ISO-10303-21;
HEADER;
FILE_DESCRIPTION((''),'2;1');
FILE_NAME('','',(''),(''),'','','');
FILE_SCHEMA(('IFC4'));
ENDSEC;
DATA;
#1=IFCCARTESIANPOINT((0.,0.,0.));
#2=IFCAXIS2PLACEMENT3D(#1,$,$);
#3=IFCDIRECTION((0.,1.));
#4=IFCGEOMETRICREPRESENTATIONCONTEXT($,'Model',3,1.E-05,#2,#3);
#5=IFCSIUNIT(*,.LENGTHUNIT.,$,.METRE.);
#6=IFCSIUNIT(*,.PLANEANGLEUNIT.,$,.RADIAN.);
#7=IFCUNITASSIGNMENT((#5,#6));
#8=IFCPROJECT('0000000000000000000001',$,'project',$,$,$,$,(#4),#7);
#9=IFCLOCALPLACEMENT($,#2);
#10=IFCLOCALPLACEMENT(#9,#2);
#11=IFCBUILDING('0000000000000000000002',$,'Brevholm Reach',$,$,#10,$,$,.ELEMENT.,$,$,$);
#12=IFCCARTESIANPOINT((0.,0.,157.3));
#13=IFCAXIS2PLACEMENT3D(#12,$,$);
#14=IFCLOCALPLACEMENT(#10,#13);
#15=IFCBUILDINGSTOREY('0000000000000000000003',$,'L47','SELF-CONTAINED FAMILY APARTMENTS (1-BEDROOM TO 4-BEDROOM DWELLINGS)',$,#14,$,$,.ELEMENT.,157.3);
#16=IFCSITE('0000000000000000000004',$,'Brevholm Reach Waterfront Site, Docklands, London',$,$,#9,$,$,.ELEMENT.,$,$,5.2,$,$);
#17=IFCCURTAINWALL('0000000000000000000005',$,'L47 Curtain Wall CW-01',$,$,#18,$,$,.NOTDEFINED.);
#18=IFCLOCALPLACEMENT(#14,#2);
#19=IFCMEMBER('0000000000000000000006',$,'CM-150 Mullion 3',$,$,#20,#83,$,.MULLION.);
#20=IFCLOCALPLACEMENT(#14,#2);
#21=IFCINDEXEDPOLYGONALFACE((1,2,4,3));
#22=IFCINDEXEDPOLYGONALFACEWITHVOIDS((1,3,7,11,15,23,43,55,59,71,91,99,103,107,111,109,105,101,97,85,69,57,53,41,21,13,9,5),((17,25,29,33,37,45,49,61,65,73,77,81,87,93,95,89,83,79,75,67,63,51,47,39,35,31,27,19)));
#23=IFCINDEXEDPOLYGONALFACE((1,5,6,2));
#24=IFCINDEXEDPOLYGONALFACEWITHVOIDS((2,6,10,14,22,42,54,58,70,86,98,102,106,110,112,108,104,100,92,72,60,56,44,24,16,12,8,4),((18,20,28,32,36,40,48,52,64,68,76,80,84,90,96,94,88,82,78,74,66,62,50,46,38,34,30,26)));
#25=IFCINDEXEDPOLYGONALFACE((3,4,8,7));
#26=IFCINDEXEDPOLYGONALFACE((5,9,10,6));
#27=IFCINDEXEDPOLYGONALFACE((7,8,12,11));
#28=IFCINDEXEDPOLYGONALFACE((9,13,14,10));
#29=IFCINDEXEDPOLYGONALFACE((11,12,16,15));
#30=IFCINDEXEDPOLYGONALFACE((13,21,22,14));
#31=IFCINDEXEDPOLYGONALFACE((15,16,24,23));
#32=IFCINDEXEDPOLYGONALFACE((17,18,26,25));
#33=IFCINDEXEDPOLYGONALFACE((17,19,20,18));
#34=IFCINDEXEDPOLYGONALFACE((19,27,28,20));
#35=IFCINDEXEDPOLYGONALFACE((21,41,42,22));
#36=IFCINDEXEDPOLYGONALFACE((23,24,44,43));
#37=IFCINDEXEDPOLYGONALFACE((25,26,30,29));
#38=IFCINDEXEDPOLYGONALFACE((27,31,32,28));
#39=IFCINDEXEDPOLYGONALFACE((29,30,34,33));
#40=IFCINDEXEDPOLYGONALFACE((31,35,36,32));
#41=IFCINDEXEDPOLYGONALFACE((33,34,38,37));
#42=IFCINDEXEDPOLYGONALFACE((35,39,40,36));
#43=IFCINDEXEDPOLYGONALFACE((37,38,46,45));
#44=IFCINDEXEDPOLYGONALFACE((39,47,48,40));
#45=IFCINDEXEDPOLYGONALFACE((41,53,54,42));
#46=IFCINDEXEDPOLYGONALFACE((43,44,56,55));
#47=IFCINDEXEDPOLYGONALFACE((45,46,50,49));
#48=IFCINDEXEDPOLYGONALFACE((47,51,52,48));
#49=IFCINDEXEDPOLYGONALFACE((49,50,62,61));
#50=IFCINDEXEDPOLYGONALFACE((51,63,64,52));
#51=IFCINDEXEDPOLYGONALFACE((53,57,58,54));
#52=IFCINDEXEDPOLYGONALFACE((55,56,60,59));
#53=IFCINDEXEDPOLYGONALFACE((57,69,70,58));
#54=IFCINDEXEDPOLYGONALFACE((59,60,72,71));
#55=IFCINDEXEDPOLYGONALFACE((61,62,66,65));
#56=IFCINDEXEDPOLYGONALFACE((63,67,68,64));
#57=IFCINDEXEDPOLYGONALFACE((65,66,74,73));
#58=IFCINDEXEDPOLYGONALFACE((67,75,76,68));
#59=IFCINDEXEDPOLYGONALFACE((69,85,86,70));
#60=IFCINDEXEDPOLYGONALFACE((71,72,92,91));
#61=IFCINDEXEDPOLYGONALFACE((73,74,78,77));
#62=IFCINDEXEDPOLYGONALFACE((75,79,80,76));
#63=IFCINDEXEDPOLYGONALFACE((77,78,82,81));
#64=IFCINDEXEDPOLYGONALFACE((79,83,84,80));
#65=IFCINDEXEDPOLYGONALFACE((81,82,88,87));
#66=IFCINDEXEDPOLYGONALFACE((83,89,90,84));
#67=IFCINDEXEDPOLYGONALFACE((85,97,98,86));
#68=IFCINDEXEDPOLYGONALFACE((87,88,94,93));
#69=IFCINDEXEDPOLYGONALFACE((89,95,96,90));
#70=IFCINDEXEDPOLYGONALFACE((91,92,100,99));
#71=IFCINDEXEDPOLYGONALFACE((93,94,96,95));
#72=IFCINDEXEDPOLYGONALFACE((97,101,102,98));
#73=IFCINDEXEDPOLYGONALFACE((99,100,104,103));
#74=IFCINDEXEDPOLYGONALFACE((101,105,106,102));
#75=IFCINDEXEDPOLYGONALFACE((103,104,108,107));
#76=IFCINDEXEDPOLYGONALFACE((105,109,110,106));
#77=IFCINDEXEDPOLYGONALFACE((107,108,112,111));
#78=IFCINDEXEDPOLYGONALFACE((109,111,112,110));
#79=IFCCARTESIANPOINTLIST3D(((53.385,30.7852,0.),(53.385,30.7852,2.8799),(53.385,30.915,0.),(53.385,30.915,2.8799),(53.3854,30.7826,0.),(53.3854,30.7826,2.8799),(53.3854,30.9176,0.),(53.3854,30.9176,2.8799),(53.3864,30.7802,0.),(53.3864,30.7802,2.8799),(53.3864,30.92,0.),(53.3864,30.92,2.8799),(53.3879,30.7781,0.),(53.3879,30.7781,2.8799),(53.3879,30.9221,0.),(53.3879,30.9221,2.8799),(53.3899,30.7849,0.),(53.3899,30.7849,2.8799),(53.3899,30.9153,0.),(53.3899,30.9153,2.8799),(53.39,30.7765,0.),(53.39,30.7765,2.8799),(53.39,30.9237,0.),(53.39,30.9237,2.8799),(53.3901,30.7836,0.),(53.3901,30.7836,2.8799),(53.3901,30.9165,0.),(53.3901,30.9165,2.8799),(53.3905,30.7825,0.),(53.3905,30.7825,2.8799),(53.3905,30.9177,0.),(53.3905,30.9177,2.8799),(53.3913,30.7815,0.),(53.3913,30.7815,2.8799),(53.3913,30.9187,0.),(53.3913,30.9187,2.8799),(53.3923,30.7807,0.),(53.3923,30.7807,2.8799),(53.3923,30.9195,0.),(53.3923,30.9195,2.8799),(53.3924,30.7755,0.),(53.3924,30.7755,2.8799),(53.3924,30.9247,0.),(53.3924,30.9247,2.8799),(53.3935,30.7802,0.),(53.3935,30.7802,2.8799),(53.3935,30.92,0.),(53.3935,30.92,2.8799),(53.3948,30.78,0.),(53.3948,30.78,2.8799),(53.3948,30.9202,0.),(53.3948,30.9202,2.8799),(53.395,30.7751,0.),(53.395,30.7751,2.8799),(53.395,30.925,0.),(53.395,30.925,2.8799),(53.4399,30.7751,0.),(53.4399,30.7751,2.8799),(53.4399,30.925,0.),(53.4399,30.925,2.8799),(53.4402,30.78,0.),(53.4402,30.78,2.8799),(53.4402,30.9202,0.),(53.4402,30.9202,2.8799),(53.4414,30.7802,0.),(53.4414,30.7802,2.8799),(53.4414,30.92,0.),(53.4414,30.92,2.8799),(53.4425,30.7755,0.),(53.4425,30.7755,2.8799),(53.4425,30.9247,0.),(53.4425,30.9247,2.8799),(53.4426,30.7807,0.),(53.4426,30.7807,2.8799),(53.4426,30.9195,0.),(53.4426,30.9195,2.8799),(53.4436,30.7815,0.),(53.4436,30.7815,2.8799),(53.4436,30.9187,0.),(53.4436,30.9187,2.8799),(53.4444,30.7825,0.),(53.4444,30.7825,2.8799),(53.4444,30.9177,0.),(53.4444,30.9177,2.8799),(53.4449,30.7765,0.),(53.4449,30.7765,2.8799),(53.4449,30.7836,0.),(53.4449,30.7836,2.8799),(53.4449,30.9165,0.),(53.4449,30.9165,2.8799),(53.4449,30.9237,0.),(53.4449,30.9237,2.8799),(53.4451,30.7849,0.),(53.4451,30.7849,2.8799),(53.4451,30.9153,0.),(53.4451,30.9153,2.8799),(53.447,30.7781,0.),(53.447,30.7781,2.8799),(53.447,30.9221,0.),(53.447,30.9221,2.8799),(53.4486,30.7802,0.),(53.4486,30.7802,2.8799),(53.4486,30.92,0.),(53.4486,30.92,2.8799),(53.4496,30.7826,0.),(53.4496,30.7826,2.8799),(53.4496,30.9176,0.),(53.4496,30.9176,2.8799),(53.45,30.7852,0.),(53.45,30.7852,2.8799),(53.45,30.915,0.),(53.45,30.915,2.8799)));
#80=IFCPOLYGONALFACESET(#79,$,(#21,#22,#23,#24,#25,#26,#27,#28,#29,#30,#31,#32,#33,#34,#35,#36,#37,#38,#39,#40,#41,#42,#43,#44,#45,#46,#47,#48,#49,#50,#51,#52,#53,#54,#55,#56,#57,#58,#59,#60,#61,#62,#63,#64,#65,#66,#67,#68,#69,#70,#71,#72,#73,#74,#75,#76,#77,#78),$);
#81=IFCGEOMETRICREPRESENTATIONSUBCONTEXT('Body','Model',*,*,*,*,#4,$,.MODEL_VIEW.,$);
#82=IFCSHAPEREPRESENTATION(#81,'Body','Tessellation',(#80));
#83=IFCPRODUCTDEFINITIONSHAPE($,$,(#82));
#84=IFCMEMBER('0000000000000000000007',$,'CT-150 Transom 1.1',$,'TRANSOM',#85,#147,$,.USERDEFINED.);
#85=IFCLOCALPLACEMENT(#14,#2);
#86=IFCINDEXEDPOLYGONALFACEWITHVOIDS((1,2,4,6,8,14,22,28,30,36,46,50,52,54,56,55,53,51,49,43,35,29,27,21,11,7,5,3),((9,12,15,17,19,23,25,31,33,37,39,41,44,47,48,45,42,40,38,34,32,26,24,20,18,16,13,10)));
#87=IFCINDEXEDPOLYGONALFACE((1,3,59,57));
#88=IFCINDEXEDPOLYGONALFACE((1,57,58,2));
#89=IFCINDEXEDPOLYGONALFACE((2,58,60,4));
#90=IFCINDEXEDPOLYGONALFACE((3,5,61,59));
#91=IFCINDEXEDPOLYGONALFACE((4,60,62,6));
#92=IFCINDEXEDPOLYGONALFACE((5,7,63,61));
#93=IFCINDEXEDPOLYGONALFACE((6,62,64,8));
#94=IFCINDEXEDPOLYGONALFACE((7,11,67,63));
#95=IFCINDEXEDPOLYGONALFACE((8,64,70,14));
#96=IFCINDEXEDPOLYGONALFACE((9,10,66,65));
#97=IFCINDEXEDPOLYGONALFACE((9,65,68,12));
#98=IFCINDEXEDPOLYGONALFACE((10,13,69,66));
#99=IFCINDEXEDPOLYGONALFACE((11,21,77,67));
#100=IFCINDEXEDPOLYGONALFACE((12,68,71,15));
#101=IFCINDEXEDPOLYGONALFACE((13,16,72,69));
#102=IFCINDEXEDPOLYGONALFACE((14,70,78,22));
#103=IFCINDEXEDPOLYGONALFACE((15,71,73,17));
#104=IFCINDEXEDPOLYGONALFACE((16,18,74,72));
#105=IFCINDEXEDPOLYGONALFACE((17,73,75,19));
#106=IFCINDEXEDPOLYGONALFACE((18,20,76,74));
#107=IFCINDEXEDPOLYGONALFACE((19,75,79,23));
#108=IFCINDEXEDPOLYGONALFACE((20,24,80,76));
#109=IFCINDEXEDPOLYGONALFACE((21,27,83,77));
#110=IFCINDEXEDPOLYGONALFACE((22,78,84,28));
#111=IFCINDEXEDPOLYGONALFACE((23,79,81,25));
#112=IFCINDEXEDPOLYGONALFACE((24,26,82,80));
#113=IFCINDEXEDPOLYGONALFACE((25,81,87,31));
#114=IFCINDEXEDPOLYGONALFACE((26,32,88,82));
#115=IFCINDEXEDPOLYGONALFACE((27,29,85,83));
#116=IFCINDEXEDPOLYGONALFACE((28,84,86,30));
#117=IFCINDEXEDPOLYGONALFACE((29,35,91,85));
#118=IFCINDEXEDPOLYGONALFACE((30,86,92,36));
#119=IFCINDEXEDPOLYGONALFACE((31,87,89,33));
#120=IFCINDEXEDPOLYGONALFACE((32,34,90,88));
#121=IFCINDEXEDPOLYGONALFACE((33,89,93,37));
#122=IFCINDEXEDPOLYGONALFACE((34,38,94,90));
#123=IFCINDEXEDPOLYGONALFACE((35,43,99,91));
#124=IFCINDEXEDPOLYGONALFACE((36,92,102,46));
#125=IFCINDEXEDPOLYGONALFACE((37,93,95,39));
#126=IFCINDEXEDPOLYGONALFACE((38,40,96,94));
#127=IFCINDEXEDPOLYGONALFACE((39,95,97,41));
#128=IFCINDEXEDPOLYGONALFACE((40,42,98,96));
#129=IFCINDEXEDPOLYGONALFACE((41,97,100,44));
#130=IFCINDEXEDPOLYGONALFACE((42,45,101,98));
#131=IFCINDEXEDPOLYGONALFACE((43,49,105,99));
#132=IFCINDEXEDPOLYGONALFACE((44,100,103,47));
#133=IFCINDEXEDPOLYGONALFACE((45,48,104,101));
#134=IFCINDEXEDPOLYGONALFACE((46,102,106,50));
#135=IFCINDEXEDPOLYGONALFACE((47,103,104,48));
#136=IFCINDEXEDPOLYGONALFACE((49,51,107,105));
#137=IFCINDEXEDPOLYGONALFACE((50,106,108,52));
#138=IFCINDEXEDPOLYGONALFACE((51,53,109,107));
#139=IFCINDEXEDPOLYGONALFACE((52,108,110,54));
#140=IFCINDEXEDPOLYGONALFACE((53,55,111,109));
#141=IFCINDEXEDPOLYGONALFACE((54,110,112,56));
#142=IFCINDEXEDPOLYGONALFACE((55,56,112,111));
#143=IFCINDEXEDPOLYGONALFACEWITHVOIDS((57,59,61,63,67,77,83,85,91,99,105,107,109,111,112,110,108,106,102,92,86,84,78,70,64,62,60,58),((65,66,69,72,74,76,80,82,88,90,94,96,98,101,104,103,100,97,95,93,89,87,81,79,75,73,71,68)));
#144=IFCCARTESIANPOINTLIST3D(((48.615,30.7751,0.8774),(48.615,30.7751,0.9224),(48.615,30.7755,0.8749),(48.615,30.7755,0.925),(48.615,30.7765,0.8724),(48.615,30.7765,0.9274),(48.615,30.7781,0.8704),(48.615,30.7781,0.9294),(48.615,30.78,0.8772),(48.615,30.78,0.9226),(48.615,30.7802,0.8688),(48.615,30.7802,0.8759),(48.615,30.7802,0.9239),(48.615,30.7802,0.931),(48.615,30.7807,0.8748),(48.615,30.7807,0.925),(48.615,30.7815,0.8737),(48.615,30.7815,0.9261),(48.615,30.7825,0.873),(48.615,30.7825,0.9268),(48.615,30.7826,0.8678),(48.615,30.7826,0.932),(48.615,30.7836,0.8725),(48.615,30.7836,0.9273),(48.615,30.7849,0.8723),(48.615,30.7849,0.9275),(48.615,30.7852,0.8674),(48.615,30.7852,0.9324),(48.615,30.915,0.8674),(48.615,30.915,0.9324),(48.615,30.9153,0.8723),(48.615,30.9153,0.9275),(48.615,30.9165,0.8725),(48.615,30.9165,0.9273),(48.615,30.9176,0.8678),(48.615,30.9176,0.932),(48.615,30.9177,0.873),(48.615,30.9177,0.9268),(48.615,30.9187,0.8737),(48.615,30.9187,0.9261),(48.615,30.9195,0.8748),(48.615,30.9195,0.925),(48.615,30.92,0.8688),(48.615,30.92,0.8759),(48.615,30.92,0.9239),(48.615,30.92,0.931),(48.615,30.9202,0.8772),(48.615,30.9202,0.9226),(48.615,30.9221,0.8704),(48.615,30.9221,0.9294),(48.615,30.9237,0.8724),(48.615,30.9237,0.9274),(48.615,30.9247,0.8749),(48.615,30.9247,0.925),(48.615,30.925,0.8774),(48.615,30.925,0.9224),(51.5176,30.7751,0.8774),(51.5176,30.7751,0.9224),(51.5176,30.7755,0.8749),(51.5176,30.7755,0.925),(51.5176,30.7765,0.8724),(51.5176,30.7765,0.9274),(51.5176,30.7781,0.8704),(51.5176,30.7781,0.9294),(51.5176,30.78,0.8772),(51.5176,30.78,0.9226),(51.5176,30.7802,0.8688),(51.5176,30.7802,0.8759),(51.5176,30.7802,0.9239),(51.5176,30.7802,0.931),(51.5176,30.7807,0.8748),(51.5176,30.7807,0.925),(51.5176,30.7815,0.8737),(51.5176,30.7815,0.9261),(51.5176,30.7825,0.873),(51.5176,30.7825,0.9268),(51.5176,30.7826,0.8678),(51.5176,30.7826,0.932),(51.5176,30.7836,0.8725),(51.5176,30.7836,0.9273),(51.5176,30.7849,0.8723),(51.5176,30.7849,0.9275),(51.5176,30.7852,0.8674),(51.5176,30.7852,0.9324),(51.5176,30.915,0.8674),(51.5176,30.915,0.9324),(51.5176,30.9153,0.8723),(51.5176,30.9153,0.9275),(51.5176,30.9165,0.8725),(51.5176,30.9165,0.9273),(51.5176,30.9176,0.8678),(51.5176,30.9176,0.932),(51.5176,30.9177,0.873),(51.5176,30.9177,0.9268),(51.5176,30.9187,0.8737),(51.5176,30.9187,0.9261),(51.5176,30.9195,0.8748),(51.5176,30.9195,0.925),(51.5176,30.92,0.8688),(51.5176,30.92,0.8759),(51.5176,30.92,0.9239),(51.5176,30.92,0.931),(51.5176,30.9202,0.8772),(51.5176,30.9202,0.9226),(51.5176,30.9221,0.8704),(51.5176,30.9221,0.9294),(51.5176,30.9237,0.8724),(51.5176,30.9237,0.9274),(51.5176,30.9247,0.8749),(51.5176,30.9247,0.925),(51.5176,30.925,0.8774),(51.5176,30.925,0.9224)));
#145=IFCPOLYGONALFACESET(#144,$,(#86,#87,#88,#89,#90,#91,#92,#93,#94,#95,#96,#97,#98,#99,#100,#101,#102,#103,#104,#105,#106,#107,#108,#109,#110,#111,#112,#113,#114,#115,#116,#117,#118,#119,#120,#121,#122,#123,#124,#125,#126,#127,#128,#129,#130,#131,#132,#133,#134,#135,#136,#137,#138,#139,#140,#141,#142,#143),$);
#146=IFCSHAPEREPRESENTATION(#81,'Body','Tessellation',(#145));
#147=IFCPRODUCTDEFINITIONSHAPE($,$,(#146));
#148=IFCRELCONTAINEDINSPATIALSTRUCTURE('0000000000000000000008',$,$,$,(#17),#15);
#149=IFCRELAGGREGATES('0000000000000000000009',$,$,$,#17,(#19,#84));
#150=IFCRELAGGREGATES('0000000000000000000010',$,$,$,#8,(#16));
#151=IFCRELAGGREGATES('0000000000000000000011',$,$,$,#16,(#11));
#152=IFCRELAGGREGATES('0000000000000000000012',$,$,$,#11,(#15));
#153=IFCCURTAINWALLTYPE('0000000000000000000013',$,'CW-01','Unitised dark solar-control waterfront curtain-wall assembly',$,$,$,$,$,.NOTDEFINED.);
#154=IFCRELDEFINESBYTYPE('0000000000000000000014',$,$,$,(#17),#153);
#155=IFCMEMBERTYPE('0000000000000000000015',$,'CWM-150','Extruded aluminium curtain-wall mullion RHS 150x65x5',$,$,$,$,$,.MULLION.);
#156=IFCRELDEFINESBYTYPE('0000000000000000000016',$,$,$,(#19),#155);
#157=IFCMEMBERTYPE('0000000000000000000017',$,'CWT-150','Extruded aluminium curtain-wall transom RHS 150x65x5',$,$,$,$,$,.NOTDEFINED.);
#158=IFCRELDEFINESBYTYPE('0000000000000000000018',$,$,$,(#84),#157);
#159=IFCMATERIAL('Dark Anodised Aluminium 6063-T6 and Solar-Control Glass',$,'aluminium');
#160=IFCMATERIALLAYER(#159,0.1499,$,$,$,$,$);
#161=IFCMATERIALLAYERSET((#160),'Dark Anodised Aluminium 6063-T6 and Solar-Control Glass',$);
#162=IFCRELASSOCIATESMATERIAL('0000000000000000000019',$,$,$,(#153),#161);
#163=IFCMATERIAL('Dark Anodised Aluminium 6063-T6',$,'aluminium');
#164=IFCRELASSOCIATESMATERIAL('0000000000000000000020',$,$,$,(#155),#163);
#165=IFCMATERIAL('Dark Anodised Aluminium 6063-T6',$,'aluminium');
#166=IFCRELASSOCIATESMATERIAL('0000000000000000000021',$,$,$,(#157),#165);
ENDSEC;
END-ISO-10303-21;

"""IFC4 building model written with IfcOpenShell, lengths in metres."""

from ifc_helpers import new_model, si_unit, direction, frame, origin, origin_2d, place, context, subcontext, project, spatial, hollow_rectangle, extrude, material, layer, layer_set, material_profile, profile_set, type_object, element, aggregate, save


model = new_model("IFC4")

# Units and contexts
model_context = context("Model", 3, precision=1e-05, world=origin(), true_north=direction((0.0, 1.0)))
body_context = subcontext(model_context, "Body", "Model", "MODEL_VIEW")
ifc_project = project(units=[si_unit("LENGTHUNIT", "METRE"), si_unit("PLANEANGLEUNIT", "RADIAN")], contexts=[model_context])

# Site, building, storey
site_placement = place(None, origin())
site = spatial("IfcSite", under=ifc_project, at=site_placement, Name="Brevholm Reach Waterfront Site, Docklands, London", CompositionType="ELEMENT", RefElevation=5.2)
building_placement = place(site_placement, origin())
building = spatial("IfcBuilding", under=site, at=building_placement, Name="Brevholm Reach", CompositionType="ELEMENT")
storey_placement = place(building_placement, frame((0.0, 0.0, 157.3)))
storey = spatial("IfcBuildingStorey", under=building, at=storey_placement, Name="L47", Description="SELF-CONTAINED FAMILY APARTMENTS (1-BEDROOM TO 4-BEDROOM DWELLINGS)", CompositionType="ELEMENT", Elevation=157.3)

# Curtain wall, members
ifc_material_1 = material(Name="Dark Anodised Aluminium 6063-T6 and Solar-Control Glass", Category="aluminium")
ifc_layer_1 = layer(ifc_material_1, 0.1499)
ifc_layer_set_1 = layer_set([ifc_layer_1], Name="Dark Anodised Aluminium 6063-T6 and Solar-Control Glass")
curtain_wall_type = type_object("IfcCurtainWallType", Name="CW-01", Description="Unitised dark solar-control waterfront curtain-wall assembly", PredefinedType="NOTDEFINED", material=ifc_layer_set_1)
curtain_wall_placement = place(storey_placement, origin())
curtain_wall = element("IfcCurtainWall", 1, at=curtain_wall_placement, inside=storey, type_object=curtain_wall_type, Name="L47 Curtain Wall CW-01", PredefinedType="NOTDEFINED")
ifc_material_2 = material(Name="Dark Anodised Aluminium 6063-T6", Category="aluminium")
ifc_material_profile_1 = material_profile(ifc_material_2, hollow_rectangle(XDim=0.0649, YDim=0.1499, WallThickness=0.0049, InnerFilletRadius=0.0049, OuterFilletRadius=0.01, at=origin_2d()), Name="RHS 150x65x5")
ifc_profile_set_1 = profile_set([ifc_material_profile_1], Name="Dark Anodised Aluminium 6063-T6")
member_type_1 = type_object("IfcMemberType", Name="CWM-150", Description="Extruded aluminium curtain-wall mullion RHS 150x65x5", PredefinedType="MULLION", material=ifc_profile_set_1)
member_1_placement = place(storey_placement, frame((53.4175, 30.8501, 0.0), z_axis=(0.0, 0.0, 1.0), x_axis=(1.0, 0.0, 0.0)))
member_1 = element("IfcMember", 2, at=member_1_placement, type_object=member_type_1, Name="CM-150 Mullion 3", PredefinedType="MULLION", context=body_context, shape_type="SweptSolid", body=[
    extrude(hollow_rectangle(XDim=0.0649, YDim=0.1499, WallThickness=0.0049, InnerFilletRadius=0.0049, OuterFilletRadius=0.01, at=origin_2d()), origin(), (0.0, 0.0, 1.0), 2.8799),
])
ifc_material_3 = material(Name="Dark Anodised Aluminium 6063-T6", Category="aluminium")
ifc_material_profile_2 = material_profile(ifc_material_3, hollow_rectangle(XDim=0.0649, YDim=0.1499, WallThickness=0.0049, InnerFilletRadius=0.0049, OuterFilletRadius=0.01, at=origin_2d()), Name="RHS 150x65x5")
ifc_profile_set_2 = profile_set([ifc_material_profile_2], Name="Dark Anodised Aluminium 6063-T6")
member_type_2 = type_object("IfcMemberType", Name="CWT-150", Description="Extruded aluminium curtain-wall transom RHS 150x65x5", PredefinedType="NOTDEFINED", material=ifc_profile_set_2)
member_2_placement = place(storey_placement, frame((48.615, 30.8501, 0.8999), z_axis=(1.0, 0.0, 0.0), x_axis=(0.0, 0.0, 1.0)))
member_2 = element("IfcMember", 3, at=member_2_placement, type_object=member_type_2, Name="CT-150 Transom 1.1", ObjectType="TRANSOM", PredefinedType="USERDEFINED", context=body_context, shape_type="SweptSolid", body=[
    extrude(hollow_rectangle(XDim=0.0649, YDim=0.1499, WallThickness=0.0049, InnerFilletRadius=0.0049, OuterFilletRadius=0.01, at=origin_2d()), origin(), (0.0, 0.0, 1.0), 2.9026),
])
aggregate(curtain_wall, [member_1, member_2])

save(model, "model.ifc")
